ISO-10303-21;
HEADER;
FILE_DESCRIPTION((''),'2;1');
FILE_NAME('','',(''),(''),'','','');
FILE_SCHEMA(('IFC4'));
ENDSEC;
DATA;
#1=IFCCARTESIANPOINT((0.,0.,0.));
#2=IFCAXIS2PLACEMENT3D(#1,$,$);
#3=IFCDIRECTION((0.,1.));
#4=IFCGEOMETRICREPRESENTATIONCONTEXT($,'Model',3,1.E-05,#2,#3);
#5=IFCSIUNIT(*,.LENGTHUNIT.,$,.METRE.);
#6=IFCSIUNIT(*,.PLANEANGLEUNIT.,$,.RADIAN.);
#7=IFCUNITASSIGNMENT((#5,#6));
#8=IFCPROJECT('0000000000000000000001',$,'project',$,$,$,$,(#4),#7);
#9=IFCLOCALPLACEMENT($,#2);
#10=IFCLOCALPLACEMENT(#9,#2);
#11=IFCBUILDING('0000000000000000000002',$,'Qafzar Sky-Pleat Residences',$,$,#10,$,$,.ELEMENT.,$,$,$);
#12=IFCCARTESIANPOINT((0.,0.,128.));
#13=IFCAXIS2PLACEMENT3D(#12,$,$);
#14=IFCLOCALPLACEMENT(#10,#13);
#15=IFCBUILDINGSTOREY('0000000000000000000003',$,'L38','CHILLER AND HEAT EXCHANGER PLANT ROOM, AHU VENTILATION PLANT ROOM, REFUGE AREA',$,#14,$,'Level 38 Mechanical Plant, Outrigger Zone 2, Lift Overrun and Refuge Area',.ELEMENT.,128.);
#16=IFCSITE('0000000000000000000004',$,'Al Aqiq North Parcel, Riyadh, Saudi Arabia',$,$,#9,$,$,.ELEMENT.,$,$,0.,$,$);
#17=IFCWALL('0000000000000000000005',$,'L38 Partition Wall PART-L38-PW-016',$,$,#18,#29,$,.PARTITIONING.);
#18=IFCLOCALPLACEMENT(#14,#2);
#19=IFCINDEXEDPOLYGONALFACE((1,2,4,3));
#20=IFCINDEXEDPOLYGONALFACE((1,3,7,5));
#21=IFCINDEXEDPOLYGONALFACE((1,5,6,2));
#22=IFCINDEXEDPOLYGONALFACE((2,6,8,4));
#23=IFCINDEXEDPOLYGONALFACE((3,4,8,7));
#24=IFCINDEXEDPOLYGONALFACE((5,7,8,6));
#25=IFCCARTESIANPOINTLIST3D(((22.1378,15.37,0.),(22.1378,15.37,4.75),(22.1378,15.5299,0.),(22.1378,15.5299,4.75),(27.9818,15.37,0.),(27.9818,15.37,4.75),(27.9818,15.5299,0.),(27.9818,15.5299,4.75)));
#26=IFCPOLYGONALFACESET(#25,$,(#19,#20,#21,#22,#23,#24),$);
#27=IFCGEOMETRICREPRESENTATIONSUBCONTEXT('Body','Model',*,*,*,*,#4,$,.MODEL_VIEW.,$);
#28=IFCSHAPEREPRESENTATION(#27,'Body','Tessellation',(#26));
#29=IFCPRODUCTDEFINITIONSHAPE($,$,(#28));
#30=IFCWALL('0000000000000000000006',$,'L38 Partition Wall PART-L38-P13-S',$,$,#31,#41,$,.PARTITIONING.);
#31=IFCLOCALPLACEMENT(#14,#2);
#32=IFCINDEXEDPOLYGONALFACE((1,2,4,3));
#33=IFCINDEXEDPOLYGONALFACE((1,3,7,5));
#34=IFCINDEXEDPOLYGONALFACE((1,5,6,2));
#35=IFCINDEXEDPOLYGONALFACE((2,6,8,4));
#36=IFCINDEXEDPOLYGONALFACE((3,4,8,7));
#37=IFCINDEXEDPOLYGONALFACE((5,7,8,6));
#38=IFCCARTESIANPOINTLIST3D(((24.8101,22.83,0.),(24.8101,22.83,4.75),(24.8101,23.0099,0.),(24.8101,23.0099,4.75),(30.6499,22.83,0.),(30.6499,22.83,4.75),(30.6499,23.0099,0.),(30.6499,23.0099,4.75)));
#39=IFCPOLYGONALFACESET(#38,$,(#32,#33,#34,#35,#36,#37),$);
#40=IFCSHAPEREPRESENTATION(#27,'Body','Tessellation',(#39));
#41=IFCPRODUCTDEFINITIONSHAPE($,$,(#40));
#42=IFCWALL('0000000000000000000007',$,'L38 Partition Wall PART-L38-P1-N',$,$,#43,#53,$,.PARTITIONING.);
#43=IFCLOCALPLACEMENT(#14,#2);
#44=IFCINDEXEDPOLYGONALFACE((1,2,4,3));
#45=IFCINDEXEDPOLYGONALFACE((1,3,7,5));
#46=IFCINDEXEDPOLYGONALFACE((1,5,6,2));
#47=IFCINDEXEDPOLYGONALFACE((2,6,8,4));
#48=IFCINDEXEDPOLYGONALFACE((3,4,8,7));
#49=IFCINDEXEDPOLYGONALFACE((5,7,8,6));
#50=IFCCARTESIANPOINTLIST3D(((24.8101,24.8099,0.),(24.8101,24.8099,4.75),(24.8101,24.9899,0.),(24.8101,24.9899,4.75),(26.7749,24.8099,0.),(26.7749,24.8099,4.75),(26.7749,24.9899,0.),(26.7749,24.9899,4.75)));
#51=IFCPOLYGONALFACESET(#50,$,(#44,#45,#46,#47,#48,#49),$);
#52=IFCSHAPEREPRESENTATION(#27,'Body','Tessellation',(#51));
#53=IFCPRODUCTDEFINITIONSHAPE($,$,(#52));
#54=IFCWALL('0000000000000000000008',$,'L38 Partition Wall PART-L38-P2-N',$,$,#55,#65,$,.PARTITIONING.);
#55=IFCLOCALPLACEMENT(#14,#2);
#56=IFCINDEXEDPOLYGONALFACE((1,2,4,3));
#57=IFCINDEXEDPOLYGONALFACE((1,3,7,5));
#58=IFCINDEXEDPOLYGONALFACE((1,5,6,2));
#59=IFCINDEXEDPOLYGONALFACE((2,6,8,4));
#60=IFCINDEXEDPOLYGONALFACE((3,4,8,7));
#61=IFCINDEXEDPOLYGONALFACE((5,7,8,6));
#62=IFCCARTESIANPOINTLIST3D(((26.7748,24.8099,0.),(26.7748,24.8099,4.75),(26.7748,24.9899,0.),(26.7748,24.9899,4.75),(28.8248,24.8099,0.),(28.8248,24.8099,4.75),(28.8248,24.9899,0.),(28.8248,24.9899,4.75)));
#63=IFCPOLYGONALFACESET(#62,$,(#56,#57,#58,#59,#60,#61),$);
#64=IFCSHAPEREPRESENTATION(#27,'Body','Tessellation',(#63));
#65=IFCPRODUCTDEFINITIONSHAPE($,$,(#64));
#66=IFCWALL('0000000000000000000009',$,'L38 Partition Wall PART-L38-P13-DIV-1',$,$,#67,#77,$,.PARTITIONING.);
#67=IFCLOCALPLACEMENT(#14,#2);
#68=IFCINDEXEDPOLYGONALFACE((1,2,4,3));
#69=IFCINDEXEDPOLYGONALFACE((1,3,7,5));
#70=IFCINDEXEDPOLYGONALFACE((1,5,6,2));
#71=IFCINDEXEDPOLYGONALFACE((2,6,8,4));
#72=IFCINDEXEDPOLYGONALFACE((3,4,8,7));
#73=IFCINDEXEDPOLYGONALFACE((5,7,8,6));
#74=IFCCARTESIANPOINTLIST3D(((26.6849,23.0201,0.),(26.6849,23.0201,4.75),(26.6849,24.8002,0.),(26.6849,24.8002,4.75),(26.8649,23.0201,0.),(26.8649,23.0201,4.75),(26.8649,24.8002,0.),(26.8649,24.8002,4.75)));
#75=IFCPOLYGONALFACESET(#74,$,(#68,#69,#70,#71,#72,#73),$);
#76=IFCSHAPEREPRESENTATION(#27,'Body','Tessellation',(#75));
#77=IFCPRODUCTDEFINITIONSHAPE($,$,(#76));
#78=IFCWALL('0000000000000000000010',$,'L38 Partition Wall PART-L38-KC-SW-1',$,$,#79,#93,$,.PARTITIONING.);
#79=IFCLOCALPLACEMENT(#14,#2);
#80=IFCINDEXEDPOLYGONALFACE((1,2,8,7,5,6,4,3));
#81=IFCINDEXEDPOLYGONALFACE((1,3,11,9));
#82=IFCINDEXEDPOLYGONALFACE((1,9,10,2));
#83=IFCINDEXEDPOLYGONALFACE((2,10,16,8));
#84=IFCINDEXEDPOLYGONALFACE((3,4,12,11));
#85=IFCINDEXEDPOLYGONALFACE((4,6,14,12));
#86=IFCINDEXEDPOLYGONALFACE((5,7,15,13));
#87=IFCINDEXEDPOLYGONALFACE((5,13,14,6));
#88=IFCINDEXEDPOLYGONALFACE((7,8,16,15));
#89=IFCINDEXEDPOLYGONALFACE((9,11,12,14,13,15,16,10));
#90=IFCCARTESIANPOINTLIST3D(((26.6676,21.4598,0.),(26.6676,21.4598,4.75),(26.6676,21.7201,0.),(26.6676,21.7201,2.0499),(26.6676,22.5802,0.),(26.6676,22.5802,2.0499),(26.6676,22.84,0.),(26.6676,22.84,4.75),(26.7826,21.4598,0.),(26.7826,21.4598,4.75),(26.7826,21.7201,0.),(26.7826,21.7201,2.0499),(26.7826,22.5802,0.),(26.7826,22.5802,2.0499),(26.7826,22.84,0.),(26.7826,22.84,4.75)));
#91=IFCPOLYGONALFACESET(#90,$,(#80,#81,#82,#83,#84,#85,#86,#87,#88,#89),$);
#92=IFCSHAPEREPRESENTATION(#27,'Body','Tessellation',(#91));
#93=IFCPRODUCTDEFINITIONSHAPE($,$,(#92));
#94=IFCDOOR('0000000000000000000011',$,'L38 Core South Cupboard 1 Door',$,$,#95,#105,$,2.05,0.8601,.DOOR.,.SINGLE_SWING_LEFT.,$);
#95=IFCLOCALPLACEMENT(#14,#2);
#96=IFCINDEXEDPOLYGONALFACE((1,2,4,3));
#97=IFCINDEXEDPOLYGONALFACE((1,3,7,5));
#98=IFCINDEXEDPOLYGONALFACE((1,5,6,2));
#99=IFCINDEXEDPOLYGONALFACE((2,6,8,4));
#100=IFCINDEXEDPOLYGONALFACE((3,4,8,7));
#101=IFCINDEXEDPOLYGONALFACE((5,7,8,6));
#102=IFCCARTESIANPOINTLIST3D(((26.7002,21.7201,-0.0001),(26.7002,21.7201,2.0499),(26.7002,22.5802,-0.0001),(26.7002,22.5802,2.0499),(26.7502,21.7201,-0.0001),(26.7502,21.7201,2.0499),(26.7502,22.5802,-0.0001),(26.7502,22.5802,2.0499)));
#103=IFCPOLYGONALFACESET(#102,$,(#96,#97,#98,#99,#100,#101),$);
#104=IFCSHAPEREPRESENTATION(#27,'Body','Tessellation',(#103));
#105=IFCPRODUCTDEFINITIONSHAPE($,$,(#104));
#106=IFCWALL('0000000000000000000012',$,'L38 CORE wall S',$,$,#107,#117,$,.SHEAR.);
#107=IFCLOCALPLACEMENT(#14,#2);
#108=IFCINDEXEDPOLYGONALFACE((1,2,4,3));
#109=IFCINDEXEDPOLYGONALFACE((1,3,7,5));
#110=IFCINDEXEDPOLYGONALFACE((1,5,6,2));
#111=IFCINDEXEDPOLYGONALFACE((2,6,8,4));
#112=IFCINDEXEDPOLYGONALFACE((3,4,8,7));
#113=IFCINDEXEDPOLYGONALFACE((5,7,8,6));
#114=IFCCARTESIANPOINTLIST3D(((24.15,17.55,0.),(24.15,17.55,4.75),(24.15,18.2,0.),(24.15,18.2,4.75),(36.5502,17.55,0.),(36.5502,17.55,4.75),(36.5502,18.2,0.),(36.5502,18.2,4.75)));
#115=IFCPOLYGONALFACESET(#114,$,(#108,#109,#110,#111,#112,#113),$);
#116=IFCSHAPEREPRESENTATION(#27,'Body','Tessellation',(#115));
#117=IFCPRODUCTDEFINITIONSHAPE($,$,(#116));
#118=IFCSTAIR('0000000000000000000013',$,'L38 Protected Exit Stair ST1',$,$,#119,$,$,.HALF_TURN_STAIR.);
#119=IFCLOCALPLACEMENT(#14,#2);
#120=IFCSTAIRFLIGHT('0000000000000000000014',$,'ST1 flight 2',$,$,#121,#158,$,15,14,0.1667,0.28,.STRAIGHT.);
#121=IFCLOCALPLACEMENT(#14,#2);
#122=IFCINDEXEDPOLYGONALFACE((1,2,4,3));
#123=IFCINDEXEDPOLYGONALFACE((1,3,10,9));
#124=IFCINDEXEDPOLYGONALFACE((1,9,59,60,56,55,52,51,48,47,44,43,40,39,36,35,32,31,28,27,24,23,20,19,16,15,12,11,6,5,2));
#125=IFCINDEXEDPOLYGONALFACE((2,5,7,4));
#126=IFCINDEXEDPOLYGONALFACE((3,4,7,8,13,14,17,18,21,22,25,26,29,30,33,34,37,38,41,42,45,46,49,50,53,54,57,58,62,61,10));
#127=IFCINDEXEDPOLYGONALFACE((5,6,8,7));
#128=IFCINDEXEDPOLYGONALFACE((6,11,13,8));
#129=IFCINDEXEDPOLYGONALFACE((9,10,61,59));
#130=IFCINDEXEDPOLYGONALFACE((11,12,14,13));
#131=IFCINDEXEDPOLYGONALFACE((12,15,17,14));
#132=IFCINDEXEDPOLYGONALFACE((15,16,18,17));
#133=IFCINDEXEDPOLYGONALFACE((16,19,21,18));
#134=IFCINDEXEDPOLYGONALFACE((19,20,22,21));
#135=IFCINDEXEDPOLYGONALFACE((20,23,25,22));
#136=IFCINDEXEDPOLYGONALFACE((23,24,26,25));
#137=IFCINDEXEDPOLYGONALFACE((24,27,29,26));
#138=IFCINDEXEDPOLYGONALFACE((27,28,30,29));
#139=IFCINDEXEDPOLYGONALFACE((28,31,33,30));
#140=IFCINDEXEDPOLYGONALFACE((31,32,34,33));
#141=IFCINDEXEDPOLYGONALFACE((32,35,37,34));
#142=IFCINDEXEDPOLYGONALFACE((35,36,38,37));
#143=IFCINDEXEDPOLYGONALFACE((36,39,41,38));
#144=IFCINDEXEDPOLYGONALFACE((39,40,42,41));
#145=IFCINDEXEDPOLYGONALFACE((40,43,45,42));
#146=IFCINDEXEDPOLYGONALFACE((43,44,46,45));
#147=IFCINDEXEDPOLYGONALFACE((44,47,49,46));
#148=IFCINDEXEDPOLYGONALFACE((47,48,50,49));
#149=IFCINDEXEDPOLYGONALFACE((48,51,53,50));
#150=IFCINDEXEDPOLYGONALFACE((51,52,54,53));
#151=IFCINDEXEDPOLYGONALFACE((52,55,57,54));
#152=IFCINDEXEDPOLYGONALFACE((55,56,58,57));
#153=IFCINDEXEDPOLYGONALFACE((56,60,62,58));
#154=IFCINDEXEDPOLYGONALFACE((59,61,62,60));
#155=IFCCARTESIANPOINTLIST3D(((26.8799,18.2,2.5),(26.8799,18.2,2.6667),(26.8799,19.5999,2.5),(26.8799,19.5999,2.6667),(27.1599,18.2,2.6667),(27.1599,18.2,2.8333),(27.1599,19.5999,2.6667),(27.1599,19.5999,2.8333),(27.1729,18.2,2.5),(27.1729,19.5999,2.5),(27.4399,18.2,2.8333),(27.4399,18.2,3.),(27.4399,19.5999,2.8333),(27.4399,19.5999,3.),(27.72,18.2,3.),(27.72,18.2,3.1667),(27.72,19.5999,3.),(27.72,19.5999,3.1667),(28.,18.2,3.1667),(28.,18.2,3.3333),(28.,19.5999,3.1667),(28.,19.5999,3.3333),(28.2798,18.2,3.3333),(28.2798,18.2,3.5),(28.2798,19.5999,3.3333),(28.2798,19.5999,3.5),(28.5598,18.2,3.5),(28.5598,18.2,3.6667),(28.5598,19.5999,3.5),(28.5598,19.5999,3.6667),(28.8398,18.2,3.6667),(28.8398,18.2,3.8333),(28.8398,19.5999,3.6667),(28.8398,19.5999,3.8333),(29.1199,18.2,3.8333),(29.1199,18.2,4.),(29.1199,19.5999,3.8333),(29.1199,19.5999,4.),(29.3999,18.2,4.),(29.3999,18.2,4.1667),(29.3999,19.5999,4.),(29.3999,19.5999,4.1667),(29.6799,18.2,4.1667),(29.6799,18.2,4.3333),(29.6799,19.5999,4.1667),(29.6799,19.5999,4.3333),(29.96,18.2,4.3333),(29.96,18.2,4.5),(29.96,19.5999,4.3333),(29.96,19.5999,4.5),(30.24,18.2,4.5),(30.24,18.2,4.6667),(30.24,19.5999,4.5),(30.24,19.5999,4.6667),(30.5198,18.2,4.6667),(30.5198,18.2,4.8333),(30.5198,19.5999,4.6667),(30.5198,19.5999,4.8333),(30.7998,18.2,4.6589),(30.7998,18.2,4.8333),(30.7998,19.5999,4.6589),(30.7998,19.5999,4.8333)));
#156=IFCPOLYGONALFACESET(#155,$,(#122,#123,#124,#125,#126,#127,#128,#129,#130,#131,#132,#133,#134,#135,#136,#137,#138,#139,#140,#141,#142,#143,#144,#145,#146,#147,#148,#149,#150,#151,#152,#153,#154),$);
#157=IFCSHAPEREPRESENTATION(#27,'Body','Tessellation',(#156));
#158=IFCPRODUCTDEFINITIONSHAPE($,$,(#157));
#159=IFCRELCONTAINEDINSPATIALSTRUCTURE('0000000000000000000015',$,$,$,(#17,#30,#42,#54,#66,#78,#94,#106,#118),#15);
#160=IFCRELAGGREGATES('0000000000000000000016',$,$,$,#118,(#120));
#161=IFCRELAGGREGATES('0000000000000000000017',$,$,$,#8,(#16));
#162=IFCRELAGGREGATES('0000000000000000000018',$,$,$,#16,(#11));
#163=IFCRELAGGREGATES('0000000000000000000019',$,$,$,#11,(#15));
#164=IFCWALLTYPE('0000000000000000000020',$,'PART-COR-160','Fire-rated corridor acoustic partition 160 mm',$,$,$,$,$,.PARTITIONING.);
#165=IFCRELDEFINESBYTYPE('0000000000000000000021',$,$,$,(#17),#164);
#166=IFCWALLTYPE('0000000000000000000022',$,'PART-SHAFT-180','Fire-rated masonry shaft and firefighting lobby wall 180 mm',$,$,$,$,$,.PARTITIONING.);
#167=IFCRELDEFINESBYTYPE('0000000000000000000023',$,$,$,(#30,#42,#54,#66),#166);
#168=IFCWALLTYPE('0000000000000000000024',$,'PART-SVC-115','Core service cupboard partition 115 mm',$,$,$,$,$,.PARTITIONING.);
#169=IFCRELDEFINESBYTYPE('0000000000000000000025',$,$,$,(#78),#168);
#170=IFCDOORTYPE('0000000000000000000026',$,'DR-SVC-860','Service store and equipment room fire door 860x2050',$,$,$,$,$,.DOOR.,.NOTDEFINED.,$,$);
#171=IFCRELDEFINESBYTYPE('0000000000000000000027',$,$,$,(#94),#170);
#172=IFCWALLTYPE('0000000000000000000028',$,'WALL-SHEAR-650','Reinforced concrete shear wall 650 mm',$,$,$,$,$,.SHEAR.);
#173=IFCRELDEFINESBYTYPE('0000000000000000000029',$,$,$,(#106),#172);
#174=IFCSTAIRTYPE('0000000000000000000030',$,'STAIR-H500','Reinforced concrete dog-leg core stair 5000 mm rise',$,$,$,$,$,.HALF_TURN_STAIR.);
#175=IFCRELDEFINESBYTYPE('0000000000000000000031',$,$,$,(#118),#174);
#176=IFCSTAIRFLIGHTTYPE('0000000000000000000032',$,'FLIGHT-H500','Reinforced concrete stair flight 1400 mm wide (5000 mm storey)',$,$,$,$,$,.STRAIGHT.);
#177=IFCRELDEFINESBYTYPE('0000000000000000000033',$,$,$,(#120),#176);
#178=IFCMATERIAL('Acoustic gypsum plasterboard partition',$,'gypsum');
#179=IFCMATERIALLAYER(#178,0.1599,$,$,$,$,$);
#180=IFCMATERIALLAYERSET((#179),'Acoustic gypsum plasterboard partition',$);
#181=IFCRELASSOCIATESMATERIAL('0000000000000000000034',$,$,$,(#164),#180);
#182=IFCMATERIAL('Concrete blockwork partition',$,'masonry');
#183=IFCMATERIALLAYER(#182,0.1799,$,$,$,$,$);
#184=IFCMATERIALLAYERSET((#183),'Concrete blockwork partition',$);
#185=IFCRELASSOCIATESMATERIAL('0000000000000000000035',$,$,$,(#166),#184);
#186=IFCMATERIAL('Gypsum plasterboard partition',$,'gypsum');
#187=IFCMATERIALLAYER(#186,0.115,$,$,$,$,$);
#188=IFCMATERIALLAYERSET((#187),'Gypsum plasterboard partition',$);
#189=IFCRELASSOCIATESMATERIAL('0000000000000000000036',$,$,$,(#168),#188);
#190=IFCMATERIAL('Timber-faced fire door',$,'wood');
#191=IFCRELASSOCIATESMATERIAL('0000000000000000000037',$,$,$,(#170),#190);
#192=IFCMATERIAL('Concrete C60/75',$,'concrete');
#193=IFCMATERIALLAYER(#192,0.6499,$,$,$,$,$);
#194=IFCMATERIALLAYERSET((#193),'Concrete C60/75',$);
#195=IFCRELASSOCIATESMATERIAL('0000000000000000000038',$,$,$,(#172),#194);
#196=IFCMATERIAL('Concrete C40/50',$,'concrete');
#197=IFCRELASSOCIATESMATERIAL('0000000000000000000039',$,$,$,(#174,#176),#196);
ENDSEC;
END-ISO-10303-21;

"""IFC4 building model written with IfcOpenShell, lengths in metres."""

from ifc_helpers import new_model, si_unit, direction, frame, frame_2d, origin, place, context, subcontext, project, spatial, polyline, rectangle, outline, extrude, source, transform, mapped, material, layer, layer_set, type_object, element, fill, aggregate, save


model = new_model("IFC4")

# Units and contexts
model_context = context("Model", 3, precision=1e-05, world=origin(), true_north=direction((0.0, 1.0)))
body_context = subcontext(model_context, "Body", "Model", "MODEL_VIEW")
ifc_project = project(units=[si_unit("LENGTHUNIT", "METRE"), si_unit("PLANEANGLEUNIT", "RADIAN")], contexts=[model_context])

# Site, building, storey
site_placement = place(None, origin())
site = spatial("IfcSite", under=ifc_project, at=site_placement, Name="Al Aqiq North Parcel, Riyadh, Saudi Arabia", CompositionType="ELEMENT", RefElevation=0.0)
building_placement = place(site_placement, origin())
building = spatial("IfcBuilding", under=site, at=building_placement, Name="Qafzar Sky-Pleat Residences", CompositionType="ELEMENT")
storey_placement = place(building_placement, frame((0.0, 0.0, 128.0)))
storey = spatial("IfcBuildingStorey", under=building, at=storey_placement, Name="L38", Description="CHILLER AND HEAT EXCHANGER PLANT ROOM, AHU VENTILATION PLANT ROOM, REFUGE AREA", LongName="Level 38 Mechanical Plant, Outrigger Zone 2, Lift Overrun and Refuge Area", CompositionType="ELEMENT", Elevation=128.0)

# Shared definitions
ifc_material_1 = material(Name="Acoustic gypsum plasterboard partition", Category="gypsum")
ifc_layer_1 = layer(ifc_material_1, 0.1599)
ifc_layer_set_1 = layer_set([ifc_layer_1], Name="Acoustic gypsum plasterboard partition")
wall_type_1 = type_object("IfcWallType", Name="PART-COR-160", Description="Fire-rated corridor acoustic partition 160 mm", PredefinedType="PARTITIONING", material=ifc_layer_set_1)
ifc_material_2 = material(Name="Timber-faced fire door", Category="wood")

# Walls
wall_1_placement = place(storey_placement, frame((22.1379, 15.45, 0.0), z_axis=(0.0, 0.0, 1.0), x_axis=(1.0, 0.0, 0.0)))
element("IfcWall", 1, at=wall_1_placement, inside=storey, type_object=wall_type_1, Name="L38 Partition Wall PART-L38-PW-016", PredefinedType="PARTITIONING", context=body_context, shape_type="SweptSolid", body=[
    extrude(rectangle(XDim=5.844, YDim=0.1599, at=frame_2d((2.9219, 0.0))), origin(), (0.0, 0.0, 1.0), 4.75),
])
ifc_material_3 = material(Name="Concrete blockwork partition", Category="masonry")
ifc_layer_2 = layer(ifc_material_3, 0.1799)
ifc_layer_set_2 = layer_set([ifc_layer_2], Name="Concrete blockwork partition")
wall_type_2 = type_object("IfcWallType", Name="PART-SHAFT-180", Description="Fire-rated masonry shaft and firefighting lobby wall 180 mm", PredefinedType="PARTITIONING", material=ifc_layer_set_2)
wall_2_placement = place(storey_placement, frame((24.8101, 22.9199, 0.0), z_axis=(0.0, 0.0, 1.0), x_axis=(1.0, 0.0, 0.0)))
element("IfcWall", 2, at=wall_2_placement, inside=storey, type_object=wall_type_2, Name="L38 Partition Wall PART-L38-P13-S", PredefinedType="PARTITIONING", context=body_context, shape_type="SweptSolid", body=[
    extrude(rectangle(XDim=5.8398, YDim=0.1799, at=frame_2d((2.9199, 0.0))), origin(), (0.0, 0.0, 1.0), 4.75),
])
wall_3_placement = place(storey_placement, frame((24.8101, 24.8999, 0.0), z_axis=(0.0, 0.0, 1.0), x_axis=(1.0, 0.0, 0.0)))
element("IfcWall", 3, at=wall_3_placement, inside=storey, type_object=wall_type_2, Name="L38 Partition Wall PART-L38-P1-N", PredefinedType="PARTITIONING", context=body_context, shape_type="SweptSolid", body=[
    extrude(rectangle(XDim=1.9648, YDim=0.1799, at=frame_2d((0.9824, 0.0))), origin(), (0.0, 0.0, 1.0), 4.75),
])
wall_4_placement = place(storey_placement, frame((26.7749, 24.8999, 0.0), z_axis=(0.0, 0.0, 1.0), x_axis=(1.0, 0.0, 0.0)))
element("IfcWall", 4, at=wall_4_placement, inside=storey, type_object=wall_type_2, Name="L38 Partition Wall PART-L38-P2-N", PredefinedType="PARTITIONING", context=body_context, shape_type="SweptSolid", body=[
    extrude(rectangle(XDim=2.05, YDim=0.1799, at=frame_2d((1.0249, 0.0))), origin(), (0.0, 0.0, 1.0), 4.75),
])
wall_5_placement = place(storey_placement, frame((26.7749, 23.02, 0.0), z_axis=(0.0, 0.0, 1.0), x_axis=(0.0, 1.0, 0.0)))
element("IfcWall", 5, at=wall_5_placement, inside=storey, type_object=wall_type_2, Name="L38 Partition Wall PART-L38-P13-DIV-1", PredefinedType="PARTITIONING", context=body_context, shape_type="SweptSolid", body=[
    extrude(rectangle(XDim=1.78, YDim=0.1799, at=frame_2d((0.8901, 0.0))), origin(), (0.0, 0.0, 1.0), 4.75),
])

# Wall, opening, door
ifc_material_4 = material(Name="Gypsum plasterboard partition", Category="gypsum")
ifc_layer_3 = layer(ifc_material_4, 0.115)
ifc_layer_set_3 = layer_set([ifc_layer_3], Name="Gypsum plasterboard partition")
wall_type_3 = type_object("IfcWallType", Name="PART-SVC-115", Description="Core service cupboard partition 115 mm", PredefinedType="PARTITIONING", material=ifc_layer_set_3)
wall_6_placement = place(storey_placement, frame((26.7251, 21.46, 0.0), z_axis=(0.0, 0.0, 1.0), x_axis=(0.0, 1.0, 0.0)))
wall_6 = element("IfcWall", 6, at=wall_6_placement, inside=storey, type_object=wall_type_3, Name="L38 Partition Wall PART-L38-KC-SW-1", PredefinedType="PARTITIONING", context=body_context, shape_type="SweptSolid", body=[
    extrude(rectangle(XDim=1.3801, YDim=0.115, at=frame_2d((0.6899, 0.0))), origin(), (0.0, 0.0, 1.0), 4.75),
])
opening_1_placement = place(wall_6_placement, frame((0.26, 0.0, 0.0)))
opening_1 = element("IfcOpeningElement", 7, at=opening_1_placement, cuts=wall_6, PredefinedType="OPENING", context=body_context, shape_type="SweptSolid", body=[
    extrude(rectangle(XDim=0.8601, YDim=2.05, at=frame_2d((0.4302, 1.0249))), frame((0.0, 0.0674, 0.0), z_axis=(0.0, -1.0, 0.0), x_axis=(1.0, 0.0, 0.0)), (0.0, 0.0, 1.0), 0.135),
])
door_type_1 = type_object("IfcDoorType", Name="DR-SVC-860", Description="Service store and equipment room fire door 860x2050", OperationType="NOTDEFINED", PredefinedType="DOOR", material=ifc_material_2)
shared_shape_1 = source(origin(), body_context, "Body", "SweptSolid", [
    extrude(rectangle(XDim=0.8601, YDim=2.05, at=frame_2d((0.4302, 1.0249))), frame((0.0, 0.0249, 0.0), z_axis=(0.0, -1.0, 0.0), x_axis=(1.0, 0.0, 0.0)), (0.0, 0.0, 1.0), 0.05),
])
door_1_placement = place(opening_1_placement, origin())
door_1 = element("IfcDoor", 8, at=door_1_placement, inside=storey, type_object=door_type_1, Name="L38 Core South Cupboard 1 Door", OperationType="SINGLE_SWING_LEFT", OverallHeight=2.05, OverallWidth=0.8601, PredefinedType="DOOR", context=body_context, shape_type="MappedRepresentation", body=[
    mapped(shared_shape_1, transform((0.0, 0.0, 0.0), x_axis=(1.0, 0.0, 0.0), y_axis=(0.0, 1.0, 0.0), z_axis=(0.0, 0.0, 1.0), scale=1.0)),
])
fill(opening_1, door_1)

# Shared definitions
ifc_material_5 = material(Name="Concrete C60/75", Category="concrete")

# Wall
ifc_layer_4 = layer(ifc_material_5, 0.6499)
ifc_layer_set_4 = layer_set([ifc_layer_4], Name="Concrete C60/75")
wall_type_4 = type_object("IfcWallType", Name="WALL-SHEAR-650", Description="Reinforced concrete shear wall 650 mm", PredefinedType="SHEAR", material=ifc_layer_set_4)
wall_7_placement = place(storey_placement, frame((24.1499, 17.875, 0.0), z_axis=(0.0, 0.0, 1.0), x_axis=(1.0, 0.0, 0.0)))
element("IfcWall", 9, at=wall_7_placement, inside=storey, type_object=wall_type_4, Name="L38 CORE wall S", PredefinedType="SHEAR", context=body_context, shape_type="SweptSolid", body=[
    extrude(rectangle(XDim=12.4001, YDim=0.6499, at=frame_2d((6.2002, 0.0))), origin(), (0.0, 0.0, 1.0), 4.75),
])

# Stair, stair flight
ifc_material_6 = material(Name="Concrete C40/50", Category="concrete")
stair_type = type_object("IfcStairType", Name="STAIR-H500", Description="Reinforced concrete dog-leg core stair 5000 mm rise", PredefinedType="HALF_TURN_STAIR", material=ifc_material_6)
stair_placement = place(storey_placement, origin())
stair = element("IfcStair", 10, at=stair_placement, inside=storey, type_object=stair_type, Name="L38 Protected Exit Stair ST1", PredefinedType="HALF_TURN_STAIR")
stair_flight_type = type_object("IfcStairFlightType", Name="FLIGHT-H500", Description="Reinforced concrete stair flight 1400 mm wide (5000 mm storey)", PredefinedType="STRAIGHT", material=ifc_material_6)
shared_shape_2 = source(origin(), body_context, "Body", "SweptSolid", [
    extrude(outline(polyline([(0.0, 0.0), (0.0, 0.1667), (0.28, 0.1667), (0.28, 0.3333), (0.5601, 0.3333), (0.5601, 0.5), (0.8401, 0.5), (0.8401, 0.6667), (1.1201, 0.6667), (1.1201, 0.8333), (1.3999, 0.8333), (1.3999, 1.0), (1.6799, 1.0), (1.6799, 1.1667), (1.96, 1.1667), (1.96, 1.3333), (2.24, 1.3333), (2.24, 1.5), (2.52, 1.5), (2.52, 1.6667), (2.8, 1.6667), (2.8, 1.8333), (3.0801, 1.8333), (3.0801, 2.0), (3.3601, 2.0), (3.3601, 2.1667), (3.6399, 2.1667), (3.6399, 2.3333), (3.9199, 2.3333), (3.9199, 2.5), (3.9199, 2.1589), (0.293, 0.0), (0.0, 0.0)])), frame((0.0, 0.7, 0.0), z_axis=(0.0, -1.0, 0.0), x_axis=(1.0, 0.0, 0.0)), (0.0, 0.0, 1.0), 1.3999),
])
stair_flight_placement = place(storey_placement, frame((26.8799, 18.8999, 2.5), z_axis=(0.0, 0.0, 1.0), x_axis=(1.0, 0.0, 0.0)))
stair_flight = element("IfcStairFlight", 11, at=stair_flight_placement, type_object=stair_flight_type, Name="ST1 flight 2", NumberOfRisers=15, NumberOfTreads=14, PredefinedType="STRAIGHT", RiserHeight=0.1667, TreadLength=0.28, context=body_context, shape_type="MappedRepresentation", body=[
    mapped(shared_shape_2, transform((0.0, 0.0, 0.0), x_axis=(1.0, 0.0, 0.0), y_axis=(0.0, 1.0, 0.0), z_axis=(0.0, 0.0, 1.0), scale=1.0)),
])
aggregate(stair, [stair_flight])

save(model, "model.ifc")
